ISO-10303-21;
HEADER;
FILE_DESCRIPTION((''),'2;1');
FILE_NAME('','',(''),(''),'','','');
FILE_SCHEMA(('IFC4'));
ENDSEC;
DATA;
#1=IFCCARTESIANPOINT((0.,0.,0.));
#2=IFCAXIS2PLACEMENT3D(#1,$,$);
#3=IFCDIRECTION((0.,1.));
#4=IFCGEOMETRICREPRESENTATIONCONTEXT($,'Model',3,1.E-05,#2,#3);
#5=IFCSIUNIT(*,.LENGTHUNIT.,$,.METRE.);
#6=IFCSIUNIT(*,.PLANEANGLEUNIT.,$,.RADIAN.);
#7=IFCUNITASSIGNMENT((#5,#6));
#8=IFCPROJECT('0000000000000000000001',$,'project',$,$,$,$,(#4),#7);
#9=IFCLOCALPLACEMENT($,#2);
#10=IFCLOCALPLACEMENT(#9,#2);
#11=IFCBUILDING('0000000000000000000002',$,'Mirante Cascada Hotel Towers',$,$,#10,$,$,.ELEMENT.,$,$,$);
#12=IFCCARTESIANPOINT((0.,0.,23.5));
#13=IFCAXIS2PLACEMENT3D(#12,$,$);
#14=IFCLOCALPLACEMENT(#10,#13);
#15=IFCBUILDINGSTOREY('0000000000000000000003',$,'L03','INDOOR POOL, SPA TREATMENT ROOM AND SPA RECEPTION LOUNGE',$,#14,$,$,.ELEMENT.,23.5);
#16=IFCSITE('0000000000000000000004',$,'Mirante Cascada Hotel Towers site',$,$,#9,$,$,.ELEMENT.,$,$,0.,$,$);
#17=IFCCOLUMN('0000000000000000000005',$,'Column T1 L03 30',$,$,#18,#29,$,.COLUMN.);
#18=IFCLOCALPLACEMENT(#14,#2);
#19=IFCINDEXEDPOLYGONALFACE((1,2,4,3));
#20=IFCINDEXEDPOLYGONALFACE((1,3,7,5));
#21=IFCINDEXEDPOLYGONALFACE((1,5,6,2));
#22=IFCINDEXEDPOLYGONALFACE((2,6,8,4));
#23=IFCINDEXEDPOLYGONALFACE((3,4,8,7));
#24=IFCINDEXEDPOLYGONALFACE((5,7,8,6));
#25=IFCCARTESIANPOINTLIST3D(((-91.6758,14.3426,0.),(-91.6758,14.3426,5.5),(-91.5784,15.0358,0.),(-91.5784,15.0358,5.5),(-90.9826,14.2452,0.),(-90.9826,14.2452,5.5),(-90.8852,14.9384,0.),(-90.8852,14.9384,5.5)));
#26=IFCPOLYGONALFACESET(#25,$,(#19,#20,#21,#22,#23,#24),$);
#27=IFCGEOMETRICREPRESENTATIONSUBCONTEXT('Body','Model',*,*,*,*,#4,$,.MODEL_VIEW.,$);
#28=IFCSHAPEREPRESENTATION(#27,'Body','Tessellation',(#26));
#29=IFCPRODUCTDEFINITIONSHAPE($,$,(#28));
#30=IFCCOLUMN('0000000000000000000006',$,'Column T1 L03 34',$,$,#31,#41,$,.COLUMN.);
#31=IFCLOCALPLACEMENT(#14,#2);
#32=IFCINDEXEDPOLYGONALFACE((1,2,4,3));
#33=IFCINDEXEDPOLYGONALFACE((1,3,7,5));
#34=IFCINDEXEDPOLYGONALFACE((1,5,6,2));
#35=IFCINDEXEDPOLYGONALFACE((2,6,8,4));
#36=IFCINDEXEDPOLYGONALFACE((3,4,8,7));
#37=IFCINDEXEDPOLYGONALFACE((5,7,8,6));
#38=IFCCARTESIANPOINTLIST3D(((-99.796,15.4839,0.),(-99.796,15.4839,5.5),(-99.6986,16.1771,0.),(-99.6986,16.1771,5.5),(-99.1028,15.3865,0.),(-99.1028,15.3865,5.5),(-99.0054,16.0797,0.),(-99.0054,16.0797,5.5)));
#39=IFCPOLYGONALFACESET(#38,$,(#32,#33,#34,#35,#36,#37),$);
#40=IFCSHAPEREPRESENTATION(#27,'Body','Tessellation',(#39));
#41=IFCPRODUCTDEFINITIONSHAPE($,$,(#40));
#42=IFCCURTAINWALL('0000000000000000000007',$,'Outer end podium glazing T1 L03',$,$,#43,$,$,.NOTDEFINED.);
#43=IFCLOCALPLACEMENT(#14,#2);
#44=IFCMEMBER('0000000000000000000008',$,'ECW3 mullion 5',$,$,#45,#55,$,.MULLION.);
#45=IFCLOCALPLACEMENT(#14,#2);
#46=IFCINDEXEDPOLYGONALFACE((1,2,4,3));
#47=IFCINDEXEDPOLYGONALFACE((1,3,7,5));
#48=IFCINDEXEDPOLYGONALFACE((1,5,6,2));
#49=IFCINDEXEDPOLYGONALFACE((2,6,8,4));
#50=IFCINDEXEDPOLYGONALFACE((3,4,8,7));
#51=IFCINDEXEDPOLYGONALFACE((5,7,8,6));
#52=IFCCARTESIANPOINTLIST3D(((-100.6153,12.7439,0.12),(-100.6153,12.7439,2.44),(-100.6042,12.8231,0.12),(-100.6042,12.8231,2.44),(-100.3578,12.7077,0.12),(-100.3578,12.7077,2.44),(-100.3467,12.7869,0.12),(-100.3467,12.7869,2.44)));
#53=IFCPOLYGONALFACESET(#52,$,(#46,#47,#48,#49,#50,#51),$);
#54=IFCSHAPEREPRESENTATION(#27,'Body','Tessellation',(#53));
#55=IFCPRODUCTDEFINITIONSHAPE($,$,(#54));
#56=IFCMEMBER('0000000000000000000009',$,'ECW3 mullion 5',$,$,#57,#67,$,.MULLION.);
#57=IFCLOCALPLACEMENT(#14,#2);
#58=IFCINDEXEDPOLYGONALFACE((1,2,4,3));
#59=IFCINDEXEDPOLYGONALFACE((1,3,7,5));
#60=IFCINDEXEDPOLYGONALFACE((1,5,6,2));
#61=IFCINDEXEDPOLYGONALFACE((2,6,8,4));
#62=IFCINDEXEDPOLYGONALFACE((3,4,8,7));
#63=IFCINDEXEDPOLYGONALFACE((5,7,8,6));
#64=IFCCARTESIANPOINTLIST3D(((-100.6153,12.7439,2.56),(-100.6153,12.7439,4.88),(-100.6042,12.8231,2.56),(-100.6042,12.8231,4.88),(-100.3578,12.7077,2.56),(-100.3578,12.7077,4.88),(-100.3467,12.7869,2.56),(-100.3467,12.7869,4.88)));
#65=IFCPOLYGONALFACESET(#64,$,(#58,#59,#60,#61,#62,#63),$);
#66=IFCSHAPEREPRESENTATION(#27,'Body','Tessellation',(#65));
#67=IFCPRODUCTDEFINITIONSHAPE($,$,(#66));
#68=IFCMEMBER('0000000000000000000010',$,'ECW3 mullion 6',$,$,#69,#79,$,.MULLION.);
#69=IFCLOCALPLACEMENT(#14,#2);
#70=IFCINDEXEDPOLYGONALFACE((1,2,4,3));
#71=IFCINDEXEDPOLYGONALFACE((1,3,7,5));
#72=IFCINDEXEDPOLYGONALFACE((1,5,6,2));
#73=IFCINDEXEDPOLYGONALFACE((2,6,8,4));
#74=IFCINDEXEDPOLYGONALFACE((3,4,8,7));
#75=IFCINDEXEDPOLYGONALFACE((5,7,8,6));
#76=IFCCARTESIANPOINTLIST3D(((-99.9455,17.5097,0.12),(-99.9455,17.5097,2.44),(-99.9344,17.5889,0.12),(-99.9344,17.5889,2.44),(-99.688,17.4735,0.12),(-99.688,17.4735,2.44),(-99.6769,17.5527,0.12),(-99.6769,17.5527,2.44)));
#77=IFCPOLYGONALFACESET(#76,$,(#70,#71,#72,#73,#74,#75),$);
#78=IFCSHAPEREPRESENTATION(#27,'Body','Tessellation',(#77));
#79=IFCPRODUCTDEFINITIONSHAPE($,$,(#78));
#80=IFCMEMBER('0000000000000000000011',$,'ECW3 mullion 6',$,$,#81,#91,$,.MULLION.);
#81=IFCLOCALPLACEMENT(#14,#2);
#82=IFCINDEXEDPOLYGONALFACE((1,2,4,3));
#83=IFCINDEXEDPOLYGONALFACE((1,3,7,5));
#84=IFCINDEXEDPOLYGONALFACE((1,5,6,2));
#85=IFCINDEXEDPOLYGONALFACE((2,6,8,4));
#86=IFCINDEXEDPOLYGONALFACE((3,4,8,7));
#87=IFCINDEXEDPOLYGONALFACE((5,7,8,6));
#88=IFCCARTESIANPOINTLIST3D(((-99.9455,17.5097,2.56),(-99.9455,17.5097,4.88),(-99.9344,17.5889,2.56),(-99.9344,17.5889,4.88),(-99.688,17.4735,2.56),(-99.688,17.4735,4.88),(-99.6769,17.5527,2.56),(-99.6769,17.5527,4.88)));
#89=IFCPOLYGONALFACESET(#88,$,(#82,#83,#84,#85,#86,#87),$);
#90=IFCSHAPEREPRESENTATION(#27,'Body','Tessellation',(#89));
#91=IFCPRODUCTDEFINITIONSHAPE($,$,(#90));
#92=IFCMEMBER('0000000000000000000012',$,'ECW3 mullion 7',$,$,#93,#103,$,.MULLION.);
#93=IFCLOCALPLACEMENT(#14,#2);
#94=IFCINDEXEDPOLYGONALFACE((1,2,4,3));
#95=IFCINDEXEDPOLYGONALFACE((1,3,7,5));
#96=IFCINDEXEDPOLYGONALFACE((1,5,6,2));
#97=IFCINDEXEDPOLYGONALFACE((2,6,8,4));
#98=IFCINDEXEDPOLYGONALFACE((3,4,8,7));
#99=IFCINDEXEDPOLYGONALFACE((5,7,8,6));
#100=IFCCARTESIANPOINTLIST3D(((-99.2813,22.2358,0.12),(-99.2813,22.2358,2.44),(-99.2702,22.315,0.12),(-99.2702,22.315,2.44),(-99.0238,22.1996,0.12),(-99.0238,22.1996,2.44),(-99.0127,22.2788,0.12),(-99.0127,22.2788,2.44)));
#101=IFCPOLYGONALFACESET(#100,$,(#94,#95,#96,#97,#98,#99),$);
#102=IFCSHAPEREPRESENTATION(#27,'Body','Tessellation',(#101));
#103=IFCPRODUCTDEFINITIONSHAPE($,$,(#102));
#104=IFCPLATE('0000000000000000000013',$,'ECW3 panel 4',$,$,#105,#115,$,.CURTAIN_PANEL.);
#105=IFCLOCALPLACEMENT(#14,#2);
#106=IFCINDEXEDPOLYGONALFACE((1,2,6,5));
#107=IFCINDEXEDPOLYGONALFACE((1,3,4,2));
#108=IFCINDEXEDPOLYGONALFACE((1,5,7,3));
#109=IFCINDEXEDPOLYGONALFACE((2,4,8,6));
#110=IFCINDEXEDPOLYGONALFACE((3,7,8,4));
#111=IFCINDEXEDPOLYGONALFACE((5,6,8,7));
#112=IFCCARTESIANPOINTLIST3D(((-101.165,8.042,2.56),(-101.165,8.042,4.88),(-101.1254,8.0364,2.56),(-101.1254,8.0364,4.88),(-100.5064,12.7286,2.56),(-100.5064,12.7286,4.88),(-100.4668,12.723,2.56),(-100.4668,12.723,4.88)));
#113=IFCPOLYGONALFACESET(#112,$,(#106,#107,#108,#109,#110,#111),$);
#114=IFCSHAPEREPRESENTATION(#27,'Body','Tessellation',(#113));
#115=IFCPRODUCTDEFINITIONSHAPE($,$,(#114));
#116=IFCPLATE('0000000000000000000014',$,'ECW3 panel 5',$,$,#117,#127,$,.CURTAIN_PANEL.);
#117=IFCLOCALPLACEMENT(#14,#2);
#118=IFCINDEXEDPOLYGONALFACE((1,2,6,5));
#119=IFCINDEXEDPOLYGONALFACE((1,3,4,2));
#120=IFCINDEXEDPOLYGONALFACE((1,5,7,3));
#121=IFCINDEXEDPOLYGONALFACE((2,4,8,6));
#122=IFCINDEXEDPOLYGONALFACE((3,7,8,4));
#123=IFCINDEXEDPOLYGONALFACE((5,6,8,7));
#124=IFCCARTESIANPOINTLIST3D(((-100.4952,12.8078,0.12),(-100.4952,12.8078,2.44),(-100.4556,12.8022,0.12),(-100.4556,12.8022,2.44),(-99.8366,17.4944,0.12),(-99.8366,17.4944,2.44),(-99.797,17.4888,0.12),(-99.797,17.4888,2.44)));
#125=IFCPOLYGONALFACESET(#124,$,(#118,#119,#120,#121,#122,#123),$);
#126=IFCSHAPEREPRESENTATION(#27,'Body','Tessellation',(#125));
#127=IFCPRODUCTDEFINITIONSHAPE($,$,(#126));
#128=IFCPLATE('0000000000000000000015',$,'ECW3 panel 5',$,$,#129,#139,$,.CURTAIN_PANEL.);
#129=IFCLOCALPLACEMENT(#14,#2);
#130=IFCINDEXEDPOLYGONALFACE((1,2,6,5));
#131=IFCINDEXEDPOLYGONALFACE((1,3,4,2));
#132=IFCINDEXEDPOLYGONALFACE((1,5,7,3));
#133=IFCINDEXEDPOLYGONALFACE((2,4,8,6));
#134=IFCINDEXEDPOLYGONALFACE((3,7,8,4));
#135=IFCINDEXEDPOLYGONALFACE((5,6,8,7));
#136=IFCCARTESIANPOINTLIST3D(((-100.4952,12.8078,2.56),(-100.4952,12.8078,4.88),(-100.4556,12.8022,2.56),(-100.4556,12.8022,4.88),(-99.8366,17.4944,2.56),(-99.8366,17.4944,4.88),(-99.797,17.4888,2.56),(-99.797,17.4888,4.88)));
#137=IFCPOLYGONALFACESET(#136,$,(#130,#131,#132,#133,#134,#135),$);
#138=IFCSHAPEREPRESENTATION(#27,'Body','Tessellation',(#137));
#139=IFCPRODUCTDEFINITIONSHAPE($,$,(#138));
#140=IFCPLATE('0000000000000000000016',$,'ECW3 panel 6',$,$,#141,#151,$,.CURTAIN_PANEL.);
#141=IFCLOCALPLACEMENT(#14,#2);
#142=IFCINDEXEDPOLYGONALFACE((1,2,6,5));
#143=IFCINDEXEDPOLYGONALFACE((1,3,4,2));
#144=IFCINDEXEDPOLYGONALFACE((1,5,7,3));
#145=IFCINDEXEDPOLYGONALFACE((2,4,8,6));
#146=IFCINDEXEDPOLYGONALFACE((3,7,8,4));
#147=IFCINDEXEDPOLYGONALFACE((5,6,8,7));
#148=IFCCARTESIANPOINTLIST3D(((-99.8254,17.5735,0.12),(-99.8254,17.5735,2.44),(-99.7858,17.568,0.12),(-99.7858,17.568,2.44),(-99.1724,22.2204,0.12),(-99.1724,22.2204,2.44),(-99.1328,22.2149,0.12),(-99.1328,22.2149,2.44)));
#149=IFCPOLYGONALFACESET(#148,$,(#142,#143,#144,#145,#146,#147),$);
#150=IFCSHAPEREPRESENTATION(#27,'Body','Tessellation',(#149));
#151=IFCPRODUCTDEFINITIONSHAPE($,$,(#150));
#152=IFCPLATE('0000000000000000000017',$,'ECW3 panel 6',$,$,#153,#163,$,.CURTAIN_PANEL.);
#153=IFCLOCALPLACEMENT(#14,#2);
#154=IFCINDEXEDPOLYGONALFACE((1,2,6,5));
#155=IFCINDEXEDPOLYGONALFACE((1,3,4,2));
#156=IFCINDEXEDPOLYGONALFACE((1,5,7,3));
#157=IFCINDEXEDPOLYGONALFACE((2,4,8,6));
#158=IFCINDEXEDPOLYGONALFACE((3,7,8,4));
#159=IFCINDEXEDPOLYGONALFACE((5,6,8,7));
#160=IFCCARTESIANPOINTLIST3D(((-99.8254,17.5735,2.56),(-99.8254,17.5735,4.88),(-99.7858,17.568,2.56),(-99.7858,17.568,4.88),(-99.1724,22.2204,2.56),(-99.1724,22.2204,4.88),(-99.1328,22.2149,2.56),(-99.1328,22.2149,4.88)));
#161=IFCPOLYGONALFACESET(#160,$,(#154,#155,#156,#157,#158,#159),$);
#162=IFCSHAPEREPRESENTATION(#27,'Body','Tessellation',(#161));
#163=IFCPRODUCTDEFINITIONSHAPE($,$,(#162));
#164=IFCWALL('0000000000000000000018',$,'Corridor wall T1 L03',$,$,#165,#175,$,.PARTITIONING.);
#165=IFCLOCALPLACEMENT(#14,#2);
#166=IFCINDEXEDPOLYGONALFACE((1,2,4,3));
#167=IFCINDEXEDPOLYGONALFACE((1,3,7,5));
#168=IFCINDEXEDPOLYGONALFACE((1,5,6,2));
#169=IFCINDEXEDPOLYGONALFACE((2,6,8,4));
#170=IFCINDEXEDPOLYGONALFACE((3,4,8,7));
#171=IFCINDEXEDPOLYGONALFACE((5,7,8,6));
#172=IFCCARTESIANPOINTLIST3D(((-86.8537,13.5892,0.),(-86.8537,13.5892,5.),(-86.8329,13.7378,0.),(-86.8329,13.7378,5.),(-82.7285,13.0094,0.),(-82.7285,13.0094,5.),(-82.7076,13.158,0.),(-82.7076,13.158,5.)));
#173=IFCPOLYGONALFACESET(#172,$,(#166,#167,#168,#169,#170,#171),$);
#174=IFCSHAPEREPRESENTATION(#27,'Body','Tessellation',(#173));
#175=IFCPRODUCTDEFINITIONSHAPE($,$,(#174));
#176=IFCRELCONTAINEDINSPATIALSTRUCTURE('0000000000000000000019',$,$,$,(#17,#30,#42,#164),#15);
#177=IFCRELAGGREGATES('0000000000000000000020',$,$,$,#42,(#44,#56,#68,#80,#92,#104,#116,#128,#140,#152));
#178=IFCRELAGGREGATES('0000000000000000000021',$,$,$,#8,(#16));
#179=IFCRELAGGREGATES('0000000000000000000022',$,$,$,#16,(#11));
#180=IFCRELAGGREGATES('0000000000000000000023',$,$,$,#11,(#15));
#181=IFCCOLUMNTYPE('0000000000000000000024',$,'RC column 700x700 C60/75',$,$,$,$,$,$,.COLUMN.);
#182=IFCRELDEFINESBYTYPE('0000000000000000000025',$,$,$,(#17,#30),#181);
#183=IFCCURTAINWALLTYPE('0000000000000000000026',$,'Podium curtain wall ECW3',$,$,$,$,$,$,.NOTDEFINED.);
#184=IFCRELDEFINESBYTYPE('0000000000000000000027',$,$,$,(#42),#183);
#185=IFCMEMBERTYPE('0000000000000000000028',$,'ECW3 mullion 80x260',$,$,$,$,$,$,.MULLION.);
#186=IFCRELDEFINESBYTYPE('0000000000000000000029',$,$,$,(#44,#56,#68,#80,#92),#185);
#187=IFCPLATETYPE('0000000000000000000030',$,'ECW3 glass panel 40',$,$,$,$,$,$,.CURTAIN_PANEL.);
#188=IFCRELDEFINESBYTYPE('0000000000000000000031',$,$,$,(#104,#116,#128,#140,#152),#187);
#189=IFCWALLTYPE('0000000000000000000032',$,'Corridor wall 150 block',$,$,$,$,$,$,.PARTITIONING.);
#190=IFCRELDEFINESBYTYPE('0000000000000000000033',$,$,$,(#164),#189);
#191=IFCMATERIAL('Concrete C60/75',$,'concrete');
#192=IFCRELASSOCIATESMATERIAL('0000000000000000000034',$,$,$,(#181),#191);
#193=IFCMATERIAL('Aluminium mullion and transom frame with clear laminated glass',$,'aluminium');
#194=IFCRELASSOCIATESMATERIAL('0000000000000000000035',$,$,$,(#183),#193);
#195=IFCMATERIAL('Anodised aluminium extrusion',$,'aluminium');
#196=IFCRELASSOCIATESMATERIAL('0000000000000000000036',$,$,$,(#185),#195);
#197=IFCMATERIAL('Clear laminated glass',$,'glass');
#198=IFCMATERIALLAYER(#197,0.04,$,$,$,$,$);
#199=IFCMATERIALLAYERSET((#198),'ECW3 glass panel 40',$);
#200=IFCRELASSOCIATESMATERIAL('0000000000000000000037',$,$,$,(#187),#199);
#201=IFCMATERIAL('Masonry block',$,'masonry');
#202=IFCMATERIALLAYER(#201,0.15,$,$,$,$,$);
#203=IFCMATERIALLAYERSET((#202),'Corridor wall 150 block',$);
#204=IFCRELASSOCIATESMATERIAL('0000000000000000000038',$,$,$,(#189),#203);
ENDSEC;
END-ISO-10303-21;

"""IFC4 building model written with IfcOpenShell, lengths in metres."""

from ifc_helpers import new_model, si_unit, direction, frame, frame_2d, origin, origin_2d, place, context, subcontext, project, spatial, rectangle, extrude, material, layer, layer_set, material_profile, profile_set, type_object, element, aggregate, save


model = new_model("IFC4")

# Units and contexts
model_context = context("Model", 3, precision=1e-05, world=origin(), true_north=direction((0.0, 1.0)))
body_context = subcontext(model_context, "Body", "Model", "MODEL_VIEW")
ifc_project = project(units=[si_unit("LENGTHUNIT", "METRE"), si_unit("PLANEANGLEUNIT", "RADIAN")], contexts=[model_context])

# Site, building, storey
site_placement = place(None, origin())
site = spatial("IfcSite", under=ifc_project, at=site_placement, Name="Mirante Cascada Hotel Towers site", CompositionType="ELEMENT", RefElevation=0.0)
building_placement = place(site_placement, origin())
building = spatial("IfcBuilding", under=site, at=building_placement, Name="Mirante Cascada Hotel Towers", CompositionType="ELEMENT")
storey_placement = place(building_placement, frame((0.0, 0.0, 23.5)))
storey = spatial("IfcBuildingStorey", under=building, at=storey_placement, Name="L03", Description="INDOOR POOL, SPA TREATMENT ROOM AND SPA RECEPTION LOUNGE", CompositionType="ELEMENT", Elevation=23.5)

# Columns
ifc_material_1 = material(Name="Concrete C60/75", Category="concrete")
ifc_material_profile_1 = material_profile(ifc_material_1, rectangle(XDim=0.7, YDim=0.7, at=origin_2d()), Name="RC column 700x700 C60/75")
ifc_profile_set_1 = profile_set([ifc_material_profile_1], Name="Concrete C60/75")
column_type = type_object("IfcColumnType", Name="RC column 700x700 C60/75", PredefinedType="COLUMN", material=ifc_profile_set_1)
for number, where, z_axis, x_axis, name in (
    (1, (-91.2805, 14.6405, 0.0), (0.0, 0.0, 1.0), (-0.990268, 0.139173, 0.0), "Column T1 L03 30"),
    (2, (-99.4007, 15.7818, 0.0), (0.0, 0.0, 1.0), (-0.990268, 0.139173, 0.0), "Column T1 L03 34"),
):
    element("IfcColumn", number, at=place(storey_placement, frame(where, z_axis=z_axis, x_axis=x_axis)), inside=storey, type_object=column_type, Name=name, PredefinedType="COLUMN", context=body_context, shape_type="SweptSolid", body=[
        extrude(rectangle(XDim=0.7, YDim=0.7, at=origin_2d()), origin(), (0.0, 0.0, 1.0), 5.5),
    ])

# Curtain wall, members, plates
ifc_material_2 = material(Name="Aluminium mullion and transom frame with clear laminated glass", Category="aluminium")
curtain_wall_type = type_object("IfcCurtainWallType", Name="Podium curtain wall ECW3", PredefinedType="NOTDEFINED", material=ifc_material_2)
curtain_wall_placement = place(storey_placement, origin())
curtain_wall = element("IfcCurtainWall", 3, at=curtain_wall_placement, inside=storey, type_object=curtain_wall_type, Name="Outer end podium glazing T1 L03", PredefinedType="NOTDEFINED")
ifc_material_3 = material(Name="Anodised aluminium extrusion", Category="aluminium")
ifc_material_profile_2 = material_profile(ifc_material_3, rectangle(XDim=0.26, YDim=0.08, at=origin_2d()), Name="ECW3 MULLION 80x260")
ifc_profile_set_2 = profile_set([ifc_material_profile_2], Name="Anodised aluminium extrusion")
member_type = type_object("IfcMemberType", Name="ECW3 mullion 80x260", PredefinedType="MULLION", material=ifc_profile_set_2)
member_1_placement = place(storey_placement, frame((-100.481, 12.7654, 0.12), z_axis=(0.0, 0.0, 1.0), x_axis=(-0.990268, 0.139173, 0.0)))
member_1 = element("IfcMember", 4, at=member_1_placement, type_object=member_type, Name="ECW3 mullion 5", PredefinedType="MULLION", context=body_context, shape_type="SweptSolid", body=[
    extrude(rectangle(XDim=0.26, YDim=0.08, at=origin_2d()), origin(), (0.0, 0.0, 1.0), 2.32),
])
member_2_placement = place(storey_placement, frame((-100.481, 12.7654, 2.56), z_axis=(0.0, 0.0, 1.0), x_axis=(-0.990268, 0.139173, 0.0)))
member_2 = element("IfcMember", 5, at=member_2_placement, type_object=member_type, Name="ECW3 mullion 5", PredefinedType="MULLION", context=body_context, shape_type="SweptSolid", body=[
    extrude(rectangle(XDim=0.26, YDim=0.08, at=origin_2d()), origin(), (0.0, 0.0, 1.0), 2.32),
])
member_3_placement = place(storey_placement, frame((-99.8112, 17.5312, 0.12), z_axis=(0.0, 0.0, 1.0), x_axis=(-0.990268, 0.139173, 0.0)))
member_3 = element("IfcMember", 6, at=member_3_placement, type_object=member_type, Name="ECW3 mullion 6", PredefinedType="MULLION", context=body_context, shape_type="SweptSolid", body=[
    extrude(rectangle(XDim=0.26, YDim=0.08, at=origin_2d()), origin(), (0.0, 0.0, 1.0), 2.32),
])
member_4_placement = place(storey_placement, frame((-99.8112, 17.5312, 2.56), z_axis=(0.0, 0.0, 1.0), x_axis=(-0.990268, 0.139173, 0.0)))
member_4 = element("IfcMember", 7, at=member_4_placement, type_object=member_type, Name="ECW3 mullion 6", PredefinedType="MULLION", context=body_context, shape_type="SweptSolid", body=[
    extrude(rectangle(XDim=0.26, YDim=0.08, at=origin_2d()), origin(), (0.0, 0.0, 1.0), 2.32),
])
member_5_placement = place(storey_placement, frame((-99.147, 22.2573, 0.12), z_axis=(0.0, 0.0, 1.0), x_axis=(-0.990268, 0.139173, 0.0)))
member_5 = element("IfcMember", 8, at=member_5_placement, type_object=member_type, Name="ECW3 mullion 7", PredefinedType="MULLION", context=body_context, shape_type="SweptSolid", body=[
    extrude(rectangle(XDim=0.26, YDim=0.08, at=origin_2d()), origin(), (0.0, 0.0, 1.0), 2.32),
])
ifc_material_4 = material(Name="Clear laminated glass", Category="glass")
ifc_layer_1 = layer(ifc_material_4, 0.04)
ifc_layer_set_1 = layer_set([ifc_layer_1], Name="ECW3 glass panel 40")
plate_type = type_object("IfcPlateType", Name="ECW3 glass panel 40", PredefinedType="CURTAIN_PANEL", material=ifc_layer_set_1)
plate_1_placement = place(storey_placement, frame((-100.8159, 10.3825, 2.56), z_axis=(0.0, 0.0, 1.0), x_axis=(0.139173, 0.990268, 0.0)))
plate_1 = element("IfcPlate", 9, at=plate_1_placement, type_object=plate_type, Name="ECW3 panel 4", PredefinedType="CURTAIN_PANEL", context=body_context, shape_type="SweptSolid", body=[
    extrude(rectangle(XDim=4.7326, YDim=0.04, at=origin_2d()), origin(), (0.0, 0.0, 1.0), 2.32),
])
plate_2_placement = place(storey_placement, frame((-100.1461, 15.1483, 0.12), z_axis=(0.0, 0.0, 1.0), x_axis=(0.139173, 0.990268, 0.0)))
plate_2 = element("IfcPlate", 10, at=plate_2_placement, type_object=plate_type, Name="ECW3 panel 5", PredefinedType="CURTAIN_PANEL", context=body_context, shape_type="SweptSolid", body=[
    extrude(rectangle(XDim=4.7326, YDim=0.04, at=origin_2d()), origin(), (0.0, 0.0, 1.0), 2.32),
])
plate_3_placement = place(storey_placement, frame((-100.1461, 15.1483, 2.56), z_axis=(0.0, 0.0, 1.0), x_axis=(0.139173, 0.990268, 0.0)))
plate_3 = element("IfcPlate", 11, at=plate_3_placement, type_object=plate_type, Name="ECW3 panel 5", PredefinedType="CURTAIN_PANEL", context=body_context, shape_type="SweptSolid", body=[
    extrude(rectangle(XDim=4.7326, YDim=0.04, at=origin_2d()), origin(), (0.0, 0.0, 1.0), 2.32),
])
plate_4_placement = place(storey_placement, frame((-99.4791, 19.8942, 0.12), z_axis=(0.0, 0.0, 1.0), x_axis=(0.139173, 0.990268, 0.0)))
plate_4 = element("IfcPlate", 12, at=plate_4_placement, type_object=plate_type, Name="ECW3 panel 6", PredefinedType="CURTAIN_PANEL", context=body_context, shape_type="SweptSolid", body=[
    extrude(rectangle(XDim=4.6926, YDim=0.04, at=origin_2d()), origin(), (0.0, 0.0, 1.0), 2.32),
])
plate_5_placement = place(storey_placement, frame((-99.4791, 19.8942, 2.56), z_axis=(0.0, 0.0, 1.0), x_axis=(0.139173, 0.990268, 0.0)))
plate_5 = element("IfcPlate", 13, at=plate_5_placement, type_object=plate_type, Name="ECW3 panel 6", PredefinedType="CURTAIN_PANEL", context=body_context, shape_type="SweptSolid", body=[
    extrude(rectangle(XDim=4.6926, YDim=0.04, at=origin_2d()), origin(), (0.0, 0.0, 1.0), 2.32),
])
aggregate(curtain_wall, [member_1, member_2, member_3, member_4, member_5, plate_1, plate_2, plate_3, plate_4, plate_5])

# Wall
ifc_material_5 = material(Name="Masonry block", Category="masonry")
ifc_layer_2 = layer(ifc_material_5, 0.15)
ifc_layer_set_2 = layer_set([ifc_layer_2], Name="Corridor wall 150 block")
wall_type_1 = type_object("IfcWallType", Name="Corridor wall 150 block", PredefinedType="PARTITIONING", material=ifc_layer_set_2)
wall_1_placement = place(storey_placement, frame((-86.8433, 13.6635, 0.0), z_axis=(0.0, 0.0, 1.0), x_axis=(0.990267, -0.139179, 0.0)))
element("IfcWall", 14, at=wall_1_placement, inside=storey, type_object=wall_type_1, Name="Corridor wall T1 L03", PredefinedType="PARTITIONING", context=body_context, shape_type="SweptSolid", body=[
    extrude(rectangle(XDim=4.1658, YDim=0.15, at=frame_2d((2.0829, 0.0))), origin(), (0.0, 0.0, 1.0), 5.0),
])

save(model, "model.ifc")
